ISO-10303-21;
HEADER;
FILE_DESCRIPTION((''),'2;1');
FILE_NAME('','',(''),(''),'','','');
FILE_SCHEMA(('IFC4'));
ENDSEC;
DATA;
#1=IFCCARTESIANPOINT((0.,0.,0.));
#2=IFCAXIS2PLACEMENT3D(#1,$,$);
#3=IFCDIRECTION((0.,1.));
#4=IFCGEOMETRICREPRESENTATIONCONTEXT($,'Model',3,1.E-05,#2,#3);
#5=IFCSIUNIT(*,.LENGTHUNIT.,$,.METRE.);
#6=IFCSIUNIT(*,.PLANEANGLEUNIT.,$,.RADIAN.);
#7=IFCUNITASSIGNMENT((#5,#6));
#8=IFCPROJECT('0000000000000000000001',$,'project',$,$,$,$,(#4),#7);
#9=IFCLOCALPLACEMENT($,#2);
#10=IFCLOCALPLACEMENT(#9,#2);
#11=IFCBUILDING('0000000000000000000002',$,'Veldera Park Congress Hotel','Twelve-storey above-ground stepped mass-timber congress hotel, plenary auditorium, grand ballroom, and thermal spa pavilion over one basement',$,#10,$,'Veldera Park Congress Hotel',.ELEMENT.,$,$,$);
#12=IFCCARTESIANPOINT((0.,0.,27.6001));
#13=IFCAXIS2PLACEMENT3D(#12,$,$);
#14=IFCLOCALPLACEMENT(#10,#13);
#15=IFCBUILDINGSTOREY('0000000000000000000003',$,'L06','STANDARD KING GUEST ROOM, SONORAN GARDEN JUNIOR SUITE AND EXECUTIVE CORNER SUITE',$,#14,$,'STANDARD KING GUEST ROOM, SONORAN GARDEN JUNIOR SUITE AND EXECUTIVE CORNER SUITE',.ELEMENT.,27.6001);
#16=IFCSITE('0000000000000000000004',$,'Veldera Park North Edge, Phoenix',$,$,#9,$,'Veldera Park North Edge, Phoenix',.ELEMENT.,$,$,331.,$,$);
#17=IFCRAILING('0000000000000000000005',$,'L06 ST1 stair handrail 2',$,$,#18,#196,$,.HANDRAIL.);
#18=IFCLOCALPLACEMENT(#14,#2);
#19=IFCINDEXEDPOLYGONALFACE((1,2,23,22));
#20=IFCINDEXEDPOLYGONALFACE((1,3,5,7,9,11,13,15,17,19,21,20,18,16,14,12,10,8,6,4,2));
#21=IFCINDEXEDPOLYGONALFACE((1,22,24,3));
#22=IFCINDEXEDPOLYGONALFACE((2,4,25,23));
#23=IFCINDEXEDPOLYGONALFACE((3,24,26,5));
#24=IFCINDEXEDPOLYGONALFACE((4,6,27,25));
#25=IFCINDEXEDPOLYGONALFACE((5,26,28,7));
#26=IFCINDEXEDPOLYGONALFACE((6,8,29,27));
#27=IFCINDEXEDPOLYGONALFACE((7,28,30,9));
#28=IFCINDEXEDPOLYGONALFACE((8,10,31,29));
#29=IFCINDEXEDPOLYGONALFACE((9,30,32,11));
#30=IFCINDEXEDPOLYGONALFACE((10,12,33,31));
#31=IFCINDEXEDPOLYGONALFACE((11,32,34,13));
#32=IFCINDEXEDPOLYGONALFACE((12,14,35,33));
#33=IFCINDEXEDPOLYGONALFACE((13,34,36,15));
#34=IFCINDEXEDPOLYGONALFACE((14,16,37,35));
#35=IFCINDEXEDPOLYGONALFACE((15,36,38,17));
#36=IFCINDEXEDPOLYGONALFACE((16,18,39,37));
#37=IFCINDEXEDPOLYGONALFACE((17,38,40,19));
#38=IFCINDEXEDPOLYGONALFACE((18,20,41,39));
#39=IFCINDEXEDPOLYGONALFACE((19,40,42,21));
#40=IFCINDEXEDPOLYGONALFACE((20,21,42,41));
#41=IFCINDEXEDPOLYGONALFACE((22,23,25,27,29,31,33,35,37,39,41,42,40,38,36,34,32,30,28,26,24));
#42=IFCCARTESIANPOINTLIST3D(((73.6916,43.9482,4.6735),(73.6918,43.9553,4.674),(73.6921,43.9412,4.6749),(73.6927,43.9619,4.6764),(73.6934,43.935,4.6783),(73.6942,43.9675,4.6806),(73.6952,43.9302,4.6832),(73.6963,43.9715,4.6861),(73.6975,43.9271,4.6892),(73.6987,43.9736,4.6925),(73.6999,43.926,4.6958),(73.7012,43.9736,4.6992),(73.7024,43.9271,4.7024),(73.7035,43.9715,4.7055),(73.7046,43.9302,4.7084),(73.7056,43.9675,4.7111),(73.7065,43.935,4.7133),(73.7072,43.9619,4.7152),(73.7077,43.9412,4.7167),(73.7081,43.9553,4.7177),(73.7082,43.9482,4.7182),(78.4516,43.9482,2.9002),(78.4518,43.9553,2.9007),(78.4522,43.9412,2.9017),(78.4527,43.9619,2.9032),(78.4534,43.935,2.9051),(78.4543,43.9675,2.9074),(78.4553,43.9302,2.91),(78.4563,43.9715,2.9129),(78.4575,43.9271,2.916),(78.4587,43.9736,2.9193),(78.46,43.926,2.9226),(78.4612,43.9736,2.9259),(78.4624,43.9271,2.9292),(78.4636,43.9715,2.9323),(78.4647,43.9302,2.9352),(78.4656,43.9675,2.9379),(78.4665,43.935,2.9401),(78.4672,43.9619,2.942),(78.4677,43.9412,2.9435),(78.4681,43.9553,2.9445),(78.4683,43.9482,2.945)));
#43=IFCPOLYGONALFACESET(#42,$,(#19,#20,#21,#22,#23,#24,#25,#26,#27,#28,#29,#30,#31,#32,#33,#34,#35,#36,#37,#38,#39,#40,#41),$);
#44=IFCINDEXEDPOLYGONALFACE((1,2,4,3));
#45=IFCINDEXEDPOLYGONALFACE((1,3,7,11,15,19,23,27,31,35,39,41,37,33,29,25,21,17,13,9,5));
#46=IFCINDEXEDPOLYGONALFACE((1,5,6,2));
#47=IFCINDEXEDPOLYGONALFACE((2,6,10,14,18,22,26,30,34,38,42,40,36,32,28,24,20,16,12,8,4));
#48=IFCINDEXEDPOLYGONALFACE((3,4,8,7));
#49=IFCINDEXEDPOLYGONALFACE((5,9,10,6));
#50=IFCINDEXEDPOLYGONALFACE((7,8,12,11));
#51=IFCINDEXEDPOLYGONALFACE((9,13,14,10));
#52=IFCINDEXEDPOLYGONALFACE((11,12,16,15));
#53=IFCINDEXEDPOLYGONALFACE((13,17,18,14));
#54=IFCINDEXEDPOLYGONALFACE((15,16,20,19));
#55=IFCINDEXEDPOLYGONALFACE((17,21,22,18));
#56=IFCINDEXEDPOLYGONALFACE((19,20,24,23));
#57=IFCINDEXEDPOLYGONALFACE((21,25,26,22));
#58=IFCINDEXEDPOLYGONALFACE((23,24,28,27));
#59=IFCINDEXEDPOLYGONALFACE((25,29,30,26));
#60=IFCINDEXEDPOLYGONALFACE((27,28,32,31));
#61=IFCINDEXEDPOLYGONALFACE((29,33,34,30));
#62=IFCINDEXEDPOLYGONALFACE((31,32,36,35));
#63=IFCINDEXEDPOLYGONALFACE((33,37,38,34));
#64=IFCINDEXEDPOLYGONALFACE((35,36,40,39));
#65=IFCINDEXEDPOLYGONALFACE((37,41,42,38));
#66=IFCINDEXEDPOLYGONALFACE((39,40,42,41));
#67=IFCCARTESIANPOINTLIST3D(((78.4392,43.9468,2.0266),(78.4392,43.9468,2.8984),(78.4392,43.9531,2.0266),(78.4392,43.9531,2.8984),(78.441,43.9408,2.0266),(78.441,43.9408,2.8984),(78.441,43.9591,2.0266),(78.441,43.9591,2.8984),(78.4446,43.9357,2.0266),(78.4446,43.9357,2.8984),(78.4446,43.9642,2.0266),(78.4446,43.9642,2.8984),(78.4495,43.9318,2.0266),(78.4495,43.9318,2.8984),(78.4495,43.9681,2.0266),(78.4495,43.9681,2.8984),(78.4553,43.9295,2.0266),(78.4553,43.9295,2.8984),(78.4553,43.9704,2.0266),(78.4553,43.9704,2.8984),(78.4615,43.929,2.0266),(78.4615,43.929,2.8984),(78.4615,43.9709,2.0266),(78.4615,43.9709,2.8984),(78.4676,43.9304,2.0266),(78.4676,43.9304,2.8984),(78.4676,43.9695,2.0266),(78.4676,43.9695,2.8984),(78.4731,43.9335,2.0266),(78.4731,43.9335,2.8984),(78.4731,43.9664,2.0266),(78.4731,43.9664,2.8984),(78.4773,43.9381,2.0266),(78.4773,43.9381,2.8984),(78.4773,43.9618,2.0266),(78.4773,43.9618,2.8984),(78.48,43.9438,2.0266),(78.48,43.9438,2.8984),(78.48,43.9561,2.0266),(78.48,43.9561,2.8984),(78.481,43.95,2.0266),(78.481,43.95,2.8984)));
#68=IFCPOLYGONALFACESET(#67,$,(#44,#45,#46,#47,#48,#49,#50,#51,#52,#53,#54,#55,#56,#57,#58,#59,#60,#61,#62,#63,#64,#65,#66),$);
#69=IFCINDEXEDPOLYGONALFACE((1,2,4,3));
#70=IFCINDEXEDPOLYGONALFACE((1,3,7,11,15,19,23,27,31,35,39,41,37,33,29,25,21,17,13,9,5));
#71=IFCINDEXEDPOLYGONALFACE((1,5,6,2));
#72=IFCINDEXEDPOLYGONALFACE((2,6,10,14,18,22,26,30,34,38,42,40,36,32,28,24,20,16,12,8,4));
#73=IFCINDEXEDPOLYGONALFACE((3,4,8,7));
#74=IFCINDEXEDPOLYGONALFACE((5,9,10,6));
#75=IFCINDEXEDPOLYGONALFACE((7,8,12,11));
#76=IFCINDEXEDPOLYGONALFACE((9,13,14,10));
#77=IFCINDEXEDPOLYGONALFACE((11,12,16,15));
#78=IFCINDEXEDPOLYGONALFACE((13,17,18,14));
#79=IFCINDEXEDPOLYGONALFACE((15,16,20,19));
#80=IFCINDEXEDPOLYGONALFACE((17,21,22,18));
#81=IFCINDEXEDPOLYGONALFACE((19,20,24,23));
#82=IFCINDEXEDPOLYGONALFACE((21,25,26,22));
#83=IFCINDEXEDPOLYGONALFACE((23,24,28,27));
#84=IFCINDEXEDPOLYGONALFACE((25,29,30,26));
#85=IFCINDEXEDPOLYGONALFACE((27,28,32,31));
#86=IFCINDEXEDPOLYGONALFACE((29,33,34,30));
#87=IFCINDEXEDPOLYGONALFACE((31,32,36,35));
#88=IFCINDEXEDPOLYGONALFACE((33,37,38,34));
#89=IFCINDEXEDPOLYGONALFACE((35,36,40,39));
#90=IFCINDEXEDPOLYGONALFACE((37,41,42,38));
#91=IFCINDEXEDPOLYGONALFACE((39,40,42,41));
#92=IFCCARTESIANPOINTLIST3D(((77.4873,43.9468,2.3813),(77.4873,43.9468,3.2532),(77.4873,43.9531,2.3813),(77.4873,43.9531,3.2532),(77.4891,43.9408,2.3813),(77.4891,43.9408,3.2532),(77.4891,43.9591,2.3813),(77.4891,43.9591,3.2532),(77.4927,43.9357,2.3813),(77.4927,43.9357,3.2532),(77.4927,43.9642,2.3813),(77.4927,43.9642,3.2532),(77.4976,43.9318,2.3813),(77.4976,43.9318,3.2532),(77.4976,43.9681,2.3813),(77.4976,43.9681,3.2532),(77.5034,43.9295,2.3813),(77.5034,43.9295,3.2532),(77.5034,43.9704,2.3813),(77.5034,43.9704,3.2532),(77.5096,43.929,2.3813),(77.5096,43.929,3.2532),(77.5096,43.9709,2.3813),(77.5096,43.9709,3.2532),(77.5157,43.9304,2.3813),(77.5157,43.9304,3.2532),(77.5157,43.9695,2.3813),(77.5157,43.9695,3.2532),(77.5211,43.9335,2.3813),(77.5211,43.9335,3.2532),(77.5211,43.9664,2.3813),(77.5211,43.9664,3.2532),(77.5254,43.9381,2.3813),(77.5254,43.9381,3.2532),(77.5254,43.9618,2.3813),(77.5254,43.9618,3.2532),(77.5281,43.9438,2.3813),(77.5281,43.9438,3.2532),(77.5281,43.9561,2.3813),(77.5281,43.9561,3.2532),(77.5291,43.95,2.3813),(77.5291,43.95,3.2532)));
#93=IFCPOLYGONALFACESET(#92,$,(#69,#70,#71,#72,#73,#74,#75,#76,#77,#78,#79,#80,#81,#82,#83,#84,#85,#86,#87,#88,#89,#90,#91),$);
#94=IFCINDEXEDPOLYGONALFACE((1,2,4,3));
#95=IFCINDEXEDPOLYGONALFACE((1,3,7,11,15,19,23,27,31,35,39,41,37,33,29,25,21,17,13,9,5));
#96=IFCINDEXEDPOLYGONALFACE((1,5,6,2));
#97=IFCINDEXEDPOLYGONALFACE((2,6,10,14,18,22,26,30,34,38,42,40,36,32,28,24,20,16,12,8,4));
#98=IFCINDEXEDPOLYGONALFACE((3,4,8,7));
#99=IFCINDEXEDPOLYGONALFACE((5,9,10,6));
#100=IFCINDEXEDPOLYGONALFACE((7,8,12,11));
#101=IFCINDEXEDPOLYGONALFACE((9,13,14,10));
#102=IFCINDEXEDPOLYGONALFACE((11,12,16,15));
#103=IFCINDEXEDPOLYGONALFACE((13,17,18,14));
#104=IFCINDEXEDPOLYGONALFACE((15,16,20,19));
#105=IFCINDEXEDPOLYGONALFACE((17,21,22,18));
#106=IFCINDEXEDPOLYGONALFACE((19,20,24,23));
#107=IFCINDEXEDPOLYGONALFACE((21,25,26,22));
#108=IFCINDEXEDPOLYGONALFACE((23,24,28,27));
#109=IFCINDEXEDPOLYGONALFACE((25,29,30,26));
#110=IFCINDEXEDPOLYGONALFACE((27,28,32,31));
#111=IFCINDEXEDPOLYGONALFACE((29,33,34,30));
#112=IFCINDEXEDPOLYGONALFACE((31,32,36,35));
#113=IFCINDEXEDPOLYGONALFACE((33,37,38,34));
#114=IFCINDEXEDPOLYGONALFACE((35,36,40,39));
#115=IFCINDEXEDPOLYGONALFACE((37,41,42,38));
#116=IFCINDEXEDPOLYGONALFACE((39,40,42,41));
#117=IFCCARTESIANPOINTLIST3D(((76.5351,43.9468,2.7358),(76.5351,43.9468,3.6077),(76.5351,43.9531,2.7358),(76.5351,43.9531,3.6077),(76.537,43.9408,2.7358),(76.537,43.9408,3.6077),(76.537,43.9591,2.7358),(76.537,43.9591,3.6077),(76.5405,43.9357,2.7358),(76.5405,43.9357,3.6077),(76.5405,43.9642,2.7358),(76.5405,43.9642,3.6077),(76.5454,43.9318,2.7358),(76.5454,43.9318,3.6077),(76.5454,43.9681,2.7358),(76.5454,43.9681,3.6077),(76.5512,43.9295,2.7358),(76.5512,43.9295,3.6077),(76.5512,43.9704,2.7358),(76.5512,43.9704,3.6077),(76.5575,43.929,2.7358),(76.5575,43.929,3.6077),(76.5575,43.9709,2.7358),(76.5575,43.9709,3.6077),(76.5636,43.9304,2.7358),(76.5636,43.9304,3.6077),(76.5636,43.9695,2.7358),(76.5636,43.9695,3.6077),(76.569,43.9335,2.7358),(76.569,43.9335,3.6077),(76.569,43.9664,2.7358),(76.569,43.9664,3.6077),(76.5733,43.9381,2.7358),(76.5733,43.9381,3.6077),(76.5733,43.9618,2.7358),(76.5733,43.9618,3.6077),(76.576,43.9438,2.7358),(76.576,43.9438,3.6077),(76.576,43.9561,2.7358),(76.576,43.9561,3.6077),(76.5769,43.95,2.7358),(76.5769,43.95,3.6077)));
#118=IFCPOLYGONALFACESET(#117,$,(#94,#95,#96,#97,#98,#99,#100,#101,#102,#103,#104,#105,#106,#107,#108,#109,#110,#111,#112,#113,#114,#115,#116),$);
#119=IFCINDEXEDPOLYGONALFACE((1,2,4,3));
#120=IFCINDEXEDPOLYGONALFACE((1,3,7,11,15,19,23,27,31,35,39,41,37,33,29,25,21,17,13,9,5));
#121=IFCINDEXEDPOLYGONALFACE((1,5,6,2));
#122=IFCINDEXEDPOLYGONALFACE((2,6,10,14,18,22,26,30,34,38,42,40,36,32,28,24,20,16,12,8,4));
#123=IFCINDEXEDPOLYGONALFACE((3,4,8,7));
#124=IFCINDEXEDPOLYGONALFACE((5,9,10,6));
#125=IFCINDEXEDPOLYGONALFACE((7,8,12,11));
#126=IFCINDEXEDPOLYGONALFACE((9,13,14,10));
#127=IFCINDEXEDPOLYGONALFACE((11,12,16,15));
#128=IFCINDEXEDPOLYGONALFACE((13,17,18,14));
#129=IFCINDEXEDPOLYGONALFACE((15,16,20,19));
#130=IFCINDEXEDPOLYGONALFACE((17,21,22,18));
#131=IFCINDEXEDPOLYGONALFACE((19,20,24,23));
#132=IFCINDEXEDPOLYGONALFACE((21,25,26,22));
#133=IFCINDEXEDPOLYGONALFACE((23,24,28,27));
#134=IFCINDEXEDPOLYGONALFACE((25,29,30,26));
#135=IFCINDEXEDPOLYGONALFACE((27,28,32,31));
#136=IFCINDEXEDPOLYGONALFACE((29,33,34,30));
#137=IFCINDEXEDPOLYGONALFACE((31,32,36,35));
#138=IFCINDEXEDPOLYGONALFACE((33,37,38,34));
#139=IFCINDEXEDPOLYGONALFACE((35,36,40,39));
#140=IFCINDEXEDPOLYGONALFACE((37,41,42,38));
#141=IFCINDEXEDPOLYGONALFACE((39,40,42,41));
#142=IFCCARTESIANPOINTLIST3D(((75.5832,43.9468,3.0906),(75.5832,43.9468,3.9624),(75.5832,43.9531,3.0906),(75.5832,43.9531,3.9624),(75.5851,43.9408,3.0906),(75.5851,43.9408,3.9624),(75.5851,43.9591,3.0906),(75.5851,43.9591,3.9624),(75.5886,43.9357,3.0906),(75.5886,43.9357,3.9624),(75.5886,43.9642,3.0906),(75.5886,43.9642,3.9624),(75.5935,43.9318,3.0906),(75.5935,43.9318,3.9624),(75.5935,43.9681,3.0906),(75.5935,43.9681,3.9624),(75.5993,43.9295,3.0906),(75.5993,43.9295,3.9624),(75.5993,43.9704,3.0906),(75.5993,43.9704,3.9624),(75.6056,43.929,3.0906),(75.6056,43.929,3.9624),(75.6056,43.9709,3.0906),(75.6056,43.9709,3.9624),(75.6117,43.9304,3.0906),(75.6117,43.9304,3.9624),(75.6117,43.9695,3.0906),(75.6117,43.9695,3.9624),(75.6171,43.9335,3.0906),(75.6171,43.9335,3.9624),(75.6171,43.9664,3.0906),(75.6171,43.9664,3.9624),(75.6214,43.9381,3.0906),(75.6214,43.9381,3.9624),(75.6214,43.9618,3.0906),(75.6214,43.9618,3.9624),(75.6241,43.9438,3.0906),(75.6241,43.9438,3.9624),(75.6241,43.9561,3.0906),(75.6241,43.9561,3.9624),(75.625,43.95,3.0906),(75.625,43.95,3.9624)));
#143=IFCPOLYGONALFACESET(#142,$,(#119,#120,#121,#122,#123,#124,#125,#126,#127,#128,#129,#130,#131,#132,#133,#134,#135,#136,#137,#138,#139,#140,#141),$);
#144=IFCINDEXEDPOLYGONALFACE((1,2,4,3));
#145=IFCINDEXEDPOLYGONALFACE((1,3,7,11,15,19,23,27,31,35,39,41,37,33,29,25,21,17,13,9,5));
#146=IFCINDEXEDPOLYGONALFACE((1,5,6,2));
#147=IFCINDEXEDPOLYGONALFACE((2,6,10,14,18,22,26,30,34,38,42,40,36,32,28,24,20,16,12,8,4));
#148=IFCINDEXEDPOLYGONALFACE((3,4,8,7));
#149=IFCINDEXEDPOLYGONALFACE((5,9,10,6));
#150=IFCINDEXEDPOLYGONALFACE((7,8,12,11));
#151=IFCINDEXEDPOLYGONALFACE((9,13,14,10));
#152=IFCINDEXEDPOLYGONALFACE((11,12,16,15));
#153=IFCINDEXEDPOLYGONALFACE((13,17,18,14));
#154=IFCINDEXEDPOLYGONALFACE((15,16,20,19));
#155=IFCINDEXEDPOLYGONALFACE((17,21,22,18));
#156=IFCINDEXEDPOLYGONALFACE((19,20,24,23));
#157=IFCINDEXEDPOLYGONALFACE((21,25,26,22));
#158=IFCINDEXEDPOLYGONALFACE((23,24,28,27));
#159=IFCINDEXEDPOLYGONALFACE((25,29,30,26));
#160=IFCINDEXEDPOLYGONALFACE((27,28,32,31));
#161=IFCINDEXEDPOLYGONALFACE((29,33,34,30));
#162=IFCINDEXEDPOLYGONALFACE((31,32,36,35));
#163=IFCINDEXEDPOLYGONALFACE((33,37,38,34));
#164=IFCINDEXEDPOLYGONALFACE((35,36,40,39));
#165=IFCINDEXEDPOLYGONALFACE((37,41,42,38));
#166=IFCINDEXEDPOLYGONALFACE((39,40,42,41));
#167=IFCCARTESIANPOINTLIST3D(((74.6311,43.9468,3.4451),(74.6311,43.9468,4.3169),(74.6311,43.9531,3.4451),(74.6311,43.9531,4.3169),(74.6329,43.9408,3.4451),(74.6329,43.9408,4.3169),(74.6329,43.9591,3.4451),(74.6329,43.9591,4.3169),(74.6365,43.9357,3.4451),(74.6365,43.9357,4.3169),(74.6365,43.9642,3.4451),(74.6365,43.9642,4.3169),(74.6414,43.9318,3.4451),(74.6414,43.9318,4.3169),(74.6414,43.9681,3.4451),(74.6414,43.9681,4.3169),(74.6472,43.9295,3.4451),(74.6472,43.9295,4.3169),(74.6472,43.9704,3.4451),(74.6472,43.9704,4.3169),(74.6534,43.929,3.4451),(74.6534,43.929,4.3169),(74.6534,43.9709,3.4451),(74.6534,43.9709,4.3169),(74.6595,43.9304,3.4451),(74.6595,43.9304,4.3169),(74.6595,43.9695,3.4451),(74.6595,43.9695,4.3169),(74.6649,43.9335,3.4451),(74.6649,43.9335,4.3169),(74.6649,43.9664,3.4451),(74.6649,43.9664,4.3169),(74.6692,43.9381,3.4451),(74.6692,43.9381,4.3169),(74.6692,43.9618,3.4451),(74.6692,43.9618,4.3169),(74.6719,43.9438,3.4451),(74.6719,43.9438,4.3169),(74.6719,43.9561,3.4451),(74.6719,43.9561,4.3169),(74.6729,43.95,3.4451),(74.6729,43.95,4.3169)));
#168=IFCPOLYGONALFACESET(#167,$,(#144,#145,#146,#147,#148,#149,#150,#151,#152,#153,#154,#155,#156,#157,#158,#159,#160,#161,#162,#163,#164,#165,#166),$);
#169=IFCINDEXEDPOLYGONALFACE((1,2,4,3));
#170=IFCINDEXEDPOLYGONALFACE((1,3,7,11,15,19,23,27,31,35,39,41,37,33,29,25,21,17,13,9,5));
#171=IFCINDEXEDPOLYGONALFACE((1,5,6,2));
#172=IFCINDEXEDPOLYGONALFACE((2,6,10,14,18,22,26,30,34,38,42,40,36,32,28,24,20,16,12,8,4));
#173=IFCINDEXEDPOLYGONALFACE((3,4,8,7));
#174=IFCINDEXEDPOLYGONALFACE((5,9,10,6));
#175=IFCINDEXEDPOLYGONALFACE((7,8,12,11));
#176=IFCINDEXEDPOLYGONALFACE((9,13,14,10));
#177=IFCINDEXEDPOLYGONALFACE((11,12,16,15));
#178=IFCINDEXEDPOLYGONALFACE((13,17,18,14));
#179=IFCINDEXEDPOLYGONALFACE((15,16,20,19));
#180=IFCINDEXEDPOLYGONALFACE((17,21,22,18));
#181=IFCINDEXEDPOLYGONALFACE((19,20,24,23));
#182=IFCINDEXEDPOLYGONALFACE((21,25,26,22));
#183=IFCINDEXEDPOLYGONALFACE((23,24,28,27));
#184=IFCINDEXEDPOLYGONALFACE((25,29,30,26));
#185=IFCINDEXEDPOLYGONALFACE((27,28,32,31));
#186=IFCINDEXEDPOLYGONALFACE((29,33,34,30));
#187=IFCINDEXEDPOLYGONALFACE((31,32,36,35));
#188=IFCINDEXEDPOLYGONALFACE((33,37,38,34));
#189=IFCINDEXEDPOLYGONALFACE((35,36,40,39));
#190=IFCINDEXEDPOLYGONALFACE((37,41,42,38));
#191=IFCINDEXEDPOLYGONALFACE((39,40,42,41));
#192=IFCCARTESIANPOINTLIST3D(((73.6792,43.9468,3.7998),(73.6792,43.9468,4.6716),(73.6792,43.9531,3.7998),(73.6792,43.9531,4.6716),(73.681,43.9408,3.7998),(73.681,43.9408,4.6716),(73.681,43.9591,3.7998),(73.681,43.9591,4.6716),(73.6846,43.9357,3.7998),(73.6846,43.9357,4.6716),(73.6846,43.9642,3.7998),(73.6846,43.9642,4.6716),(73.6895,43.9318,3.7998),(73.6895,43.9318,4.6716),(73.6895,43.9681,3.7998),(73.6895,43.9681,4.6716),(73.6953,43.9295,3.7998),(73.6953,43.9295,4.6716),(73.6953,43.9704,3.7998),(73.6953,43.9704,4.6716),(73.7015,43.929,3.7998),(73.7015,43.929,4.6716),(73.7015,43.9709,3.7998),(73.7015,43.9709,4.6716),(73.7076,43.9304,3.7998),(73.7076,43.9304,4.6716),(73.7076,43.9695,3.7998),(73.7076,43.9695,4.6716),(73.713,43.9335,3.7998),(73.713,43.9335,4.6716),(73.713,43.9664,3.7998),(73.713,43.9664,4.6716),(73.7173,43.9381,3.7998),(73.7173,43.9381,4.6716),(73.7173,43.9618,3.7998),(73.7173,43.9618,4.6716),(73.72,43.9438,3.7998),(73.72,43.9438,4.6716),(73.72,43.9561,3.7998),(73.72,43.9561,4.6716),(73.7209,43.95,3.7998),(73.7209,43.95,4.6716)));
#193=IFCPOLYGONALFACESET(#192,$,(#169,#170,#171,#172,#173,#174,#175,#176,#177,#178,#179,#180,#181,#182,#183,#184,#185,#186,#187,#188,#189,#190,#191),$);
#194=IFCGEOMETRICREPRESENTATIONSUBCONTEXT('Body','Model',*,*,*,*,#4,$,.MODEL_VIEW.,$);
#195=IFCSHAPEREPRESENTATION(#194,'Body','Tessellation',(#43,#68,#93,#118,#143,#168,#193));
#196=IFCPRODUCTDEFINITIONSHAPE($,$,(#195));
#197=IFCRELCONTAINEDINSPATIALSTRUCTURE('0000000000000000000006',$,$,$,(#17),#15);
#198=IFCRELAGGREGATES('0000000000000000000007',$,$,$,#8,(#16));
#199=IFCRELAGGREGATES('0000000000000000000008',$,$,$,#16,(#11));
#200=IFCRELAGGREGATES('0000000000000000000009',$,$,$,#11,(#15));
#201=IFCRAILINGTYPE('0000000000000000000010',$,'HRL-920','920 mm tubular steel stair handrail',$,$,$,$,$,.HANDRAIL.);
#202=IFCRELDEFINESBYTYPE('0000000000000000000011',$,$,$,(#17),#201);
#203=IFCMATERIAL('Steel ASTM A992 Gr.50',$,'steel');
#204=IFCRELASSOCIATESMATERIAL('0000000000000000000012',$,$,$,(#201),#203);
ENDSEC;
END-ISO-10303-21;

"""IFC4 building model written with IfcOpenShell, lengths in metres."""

from ifc_helpers import new_model, si_unit, direction, frame, origin, origin_2d, place, context, subcontext, project, spatial, circle, extrude, material, type_object, element, save


model = new_model("IFC4")

# Units and contexts
model_context = context("Model", 3, precision=1e-05, world=origin(), true_north=direction((0.0, 1.0)))
body_context = subcontext(model_context, "Body", "Model", "MODEL_VIEW")
ifc_project = project(units=[si_unit("LENGTHUNIT", "METRE"), si_unit("PLANEANGLEUNIT", "RADIAN")], contexts=[model_context])

# Site, building, storey
site_placement = place(None, origin())
site = spatial("IfcSite", under=ifc_project, at=site_placement, Name="Veldera Park North Edge, Phoenix", LongName="Veldera Park North Edge, Phoenix", CompositionType="ELEMENT", RefElevation=331.0)
building_placement = place(site_placement, origin())
building = spatial("IfcBuilding", under=site, at=building_placement, Name="Veldera Park Congress Hotel", Description="Twelve-storey above-ground stepped mass-timber congress hotel, plenary auditorium, grand ballroom, and thermal spa pavilion over one basement", LongName="Veldera Park Congress Hotel", CompositionType="ELEMENT")
storey_placement = place(building_placement, frame((0.0, 0.0, 27.6001)))
storey = spatial("IfcBuildingStorey", under=building, at=storey_placement, Name="L06", Description="STANDARD KING GUEST ROOM, SONORAN GARDEN JUNIOR SUITE AND EXECUTIVE CORNER SUITE", LongName="STANDARD KING GUEST ROOM, SONORAN GARDEN JUNIOR SUITE AND EXECUTIVE CORNER SUITE", CompositionType="ELEMENT", Elevation=27.6001)

# Railing
ifc_material_1 = material(Name="Steel ASTM A992 Gr.50", Category="steel")
railing_type = type_object("IfcRailingType", Name="HRL-920", Description="920 mm tubular steel stair handrail", PredefinedType="HANDRAIL", material=ifc_material_1)
railing_placement = place(storey_placement, frame((78.46, 43.95, 2.0266)))
element("IfcRailing", 1, at=railing_placement, inside=storey, type_object=railing_type, Name="L06 ST1 stair handrail 2", PredefinedType="HANDRAIL", context=body_context, shape_type="SweptSolid", body=[
    extrude(circle(Radius=0.0239, at=origin_2d()), frame((0.0, 0.0, 0.896), z_axis=(-0.937091, 0.0, 0.349084), x_axis=(0.0, -1.0, 0.0)), (0.0, 0.0, 1.0), 5.0796),
    extrude(circle(Radius=0.021, at=origin_2d()), origin(), (0.0, 0.0, 1.0), 0.8718),
    extrude(circle(Radius=0.021, at=origin_2d()), frame((-0.9519, 0.0, 0.3547)), (0.0, 0.0, 1.0), 0.8718),
    extrude(circle(Radius=0.021, at=origin_2d()), frame((-1.9041, 0.0, 0.7092)), (0.0, 0.0, 1.0), 0.8718),
    extrude(circle(Radius=0.021, at=origin_2d()), frame((-2.856, 0.0, 1.064)), (0.0, 0.0, 1.0), 0.8718),
    extrude(circle(Radius=0.021, at=origin_2d()), frame((-3.8081, 0.0, 1.4185)), (0.0, 0.0, 1.0), 0.8718),
    extrude(circle(Radius=0.021, at=origin_2d()), frame((-4.76, 0.0, 1.7732)), (0.0, 0.0, 1.0), 0.8718),
])

save(model, "model.ifc")
